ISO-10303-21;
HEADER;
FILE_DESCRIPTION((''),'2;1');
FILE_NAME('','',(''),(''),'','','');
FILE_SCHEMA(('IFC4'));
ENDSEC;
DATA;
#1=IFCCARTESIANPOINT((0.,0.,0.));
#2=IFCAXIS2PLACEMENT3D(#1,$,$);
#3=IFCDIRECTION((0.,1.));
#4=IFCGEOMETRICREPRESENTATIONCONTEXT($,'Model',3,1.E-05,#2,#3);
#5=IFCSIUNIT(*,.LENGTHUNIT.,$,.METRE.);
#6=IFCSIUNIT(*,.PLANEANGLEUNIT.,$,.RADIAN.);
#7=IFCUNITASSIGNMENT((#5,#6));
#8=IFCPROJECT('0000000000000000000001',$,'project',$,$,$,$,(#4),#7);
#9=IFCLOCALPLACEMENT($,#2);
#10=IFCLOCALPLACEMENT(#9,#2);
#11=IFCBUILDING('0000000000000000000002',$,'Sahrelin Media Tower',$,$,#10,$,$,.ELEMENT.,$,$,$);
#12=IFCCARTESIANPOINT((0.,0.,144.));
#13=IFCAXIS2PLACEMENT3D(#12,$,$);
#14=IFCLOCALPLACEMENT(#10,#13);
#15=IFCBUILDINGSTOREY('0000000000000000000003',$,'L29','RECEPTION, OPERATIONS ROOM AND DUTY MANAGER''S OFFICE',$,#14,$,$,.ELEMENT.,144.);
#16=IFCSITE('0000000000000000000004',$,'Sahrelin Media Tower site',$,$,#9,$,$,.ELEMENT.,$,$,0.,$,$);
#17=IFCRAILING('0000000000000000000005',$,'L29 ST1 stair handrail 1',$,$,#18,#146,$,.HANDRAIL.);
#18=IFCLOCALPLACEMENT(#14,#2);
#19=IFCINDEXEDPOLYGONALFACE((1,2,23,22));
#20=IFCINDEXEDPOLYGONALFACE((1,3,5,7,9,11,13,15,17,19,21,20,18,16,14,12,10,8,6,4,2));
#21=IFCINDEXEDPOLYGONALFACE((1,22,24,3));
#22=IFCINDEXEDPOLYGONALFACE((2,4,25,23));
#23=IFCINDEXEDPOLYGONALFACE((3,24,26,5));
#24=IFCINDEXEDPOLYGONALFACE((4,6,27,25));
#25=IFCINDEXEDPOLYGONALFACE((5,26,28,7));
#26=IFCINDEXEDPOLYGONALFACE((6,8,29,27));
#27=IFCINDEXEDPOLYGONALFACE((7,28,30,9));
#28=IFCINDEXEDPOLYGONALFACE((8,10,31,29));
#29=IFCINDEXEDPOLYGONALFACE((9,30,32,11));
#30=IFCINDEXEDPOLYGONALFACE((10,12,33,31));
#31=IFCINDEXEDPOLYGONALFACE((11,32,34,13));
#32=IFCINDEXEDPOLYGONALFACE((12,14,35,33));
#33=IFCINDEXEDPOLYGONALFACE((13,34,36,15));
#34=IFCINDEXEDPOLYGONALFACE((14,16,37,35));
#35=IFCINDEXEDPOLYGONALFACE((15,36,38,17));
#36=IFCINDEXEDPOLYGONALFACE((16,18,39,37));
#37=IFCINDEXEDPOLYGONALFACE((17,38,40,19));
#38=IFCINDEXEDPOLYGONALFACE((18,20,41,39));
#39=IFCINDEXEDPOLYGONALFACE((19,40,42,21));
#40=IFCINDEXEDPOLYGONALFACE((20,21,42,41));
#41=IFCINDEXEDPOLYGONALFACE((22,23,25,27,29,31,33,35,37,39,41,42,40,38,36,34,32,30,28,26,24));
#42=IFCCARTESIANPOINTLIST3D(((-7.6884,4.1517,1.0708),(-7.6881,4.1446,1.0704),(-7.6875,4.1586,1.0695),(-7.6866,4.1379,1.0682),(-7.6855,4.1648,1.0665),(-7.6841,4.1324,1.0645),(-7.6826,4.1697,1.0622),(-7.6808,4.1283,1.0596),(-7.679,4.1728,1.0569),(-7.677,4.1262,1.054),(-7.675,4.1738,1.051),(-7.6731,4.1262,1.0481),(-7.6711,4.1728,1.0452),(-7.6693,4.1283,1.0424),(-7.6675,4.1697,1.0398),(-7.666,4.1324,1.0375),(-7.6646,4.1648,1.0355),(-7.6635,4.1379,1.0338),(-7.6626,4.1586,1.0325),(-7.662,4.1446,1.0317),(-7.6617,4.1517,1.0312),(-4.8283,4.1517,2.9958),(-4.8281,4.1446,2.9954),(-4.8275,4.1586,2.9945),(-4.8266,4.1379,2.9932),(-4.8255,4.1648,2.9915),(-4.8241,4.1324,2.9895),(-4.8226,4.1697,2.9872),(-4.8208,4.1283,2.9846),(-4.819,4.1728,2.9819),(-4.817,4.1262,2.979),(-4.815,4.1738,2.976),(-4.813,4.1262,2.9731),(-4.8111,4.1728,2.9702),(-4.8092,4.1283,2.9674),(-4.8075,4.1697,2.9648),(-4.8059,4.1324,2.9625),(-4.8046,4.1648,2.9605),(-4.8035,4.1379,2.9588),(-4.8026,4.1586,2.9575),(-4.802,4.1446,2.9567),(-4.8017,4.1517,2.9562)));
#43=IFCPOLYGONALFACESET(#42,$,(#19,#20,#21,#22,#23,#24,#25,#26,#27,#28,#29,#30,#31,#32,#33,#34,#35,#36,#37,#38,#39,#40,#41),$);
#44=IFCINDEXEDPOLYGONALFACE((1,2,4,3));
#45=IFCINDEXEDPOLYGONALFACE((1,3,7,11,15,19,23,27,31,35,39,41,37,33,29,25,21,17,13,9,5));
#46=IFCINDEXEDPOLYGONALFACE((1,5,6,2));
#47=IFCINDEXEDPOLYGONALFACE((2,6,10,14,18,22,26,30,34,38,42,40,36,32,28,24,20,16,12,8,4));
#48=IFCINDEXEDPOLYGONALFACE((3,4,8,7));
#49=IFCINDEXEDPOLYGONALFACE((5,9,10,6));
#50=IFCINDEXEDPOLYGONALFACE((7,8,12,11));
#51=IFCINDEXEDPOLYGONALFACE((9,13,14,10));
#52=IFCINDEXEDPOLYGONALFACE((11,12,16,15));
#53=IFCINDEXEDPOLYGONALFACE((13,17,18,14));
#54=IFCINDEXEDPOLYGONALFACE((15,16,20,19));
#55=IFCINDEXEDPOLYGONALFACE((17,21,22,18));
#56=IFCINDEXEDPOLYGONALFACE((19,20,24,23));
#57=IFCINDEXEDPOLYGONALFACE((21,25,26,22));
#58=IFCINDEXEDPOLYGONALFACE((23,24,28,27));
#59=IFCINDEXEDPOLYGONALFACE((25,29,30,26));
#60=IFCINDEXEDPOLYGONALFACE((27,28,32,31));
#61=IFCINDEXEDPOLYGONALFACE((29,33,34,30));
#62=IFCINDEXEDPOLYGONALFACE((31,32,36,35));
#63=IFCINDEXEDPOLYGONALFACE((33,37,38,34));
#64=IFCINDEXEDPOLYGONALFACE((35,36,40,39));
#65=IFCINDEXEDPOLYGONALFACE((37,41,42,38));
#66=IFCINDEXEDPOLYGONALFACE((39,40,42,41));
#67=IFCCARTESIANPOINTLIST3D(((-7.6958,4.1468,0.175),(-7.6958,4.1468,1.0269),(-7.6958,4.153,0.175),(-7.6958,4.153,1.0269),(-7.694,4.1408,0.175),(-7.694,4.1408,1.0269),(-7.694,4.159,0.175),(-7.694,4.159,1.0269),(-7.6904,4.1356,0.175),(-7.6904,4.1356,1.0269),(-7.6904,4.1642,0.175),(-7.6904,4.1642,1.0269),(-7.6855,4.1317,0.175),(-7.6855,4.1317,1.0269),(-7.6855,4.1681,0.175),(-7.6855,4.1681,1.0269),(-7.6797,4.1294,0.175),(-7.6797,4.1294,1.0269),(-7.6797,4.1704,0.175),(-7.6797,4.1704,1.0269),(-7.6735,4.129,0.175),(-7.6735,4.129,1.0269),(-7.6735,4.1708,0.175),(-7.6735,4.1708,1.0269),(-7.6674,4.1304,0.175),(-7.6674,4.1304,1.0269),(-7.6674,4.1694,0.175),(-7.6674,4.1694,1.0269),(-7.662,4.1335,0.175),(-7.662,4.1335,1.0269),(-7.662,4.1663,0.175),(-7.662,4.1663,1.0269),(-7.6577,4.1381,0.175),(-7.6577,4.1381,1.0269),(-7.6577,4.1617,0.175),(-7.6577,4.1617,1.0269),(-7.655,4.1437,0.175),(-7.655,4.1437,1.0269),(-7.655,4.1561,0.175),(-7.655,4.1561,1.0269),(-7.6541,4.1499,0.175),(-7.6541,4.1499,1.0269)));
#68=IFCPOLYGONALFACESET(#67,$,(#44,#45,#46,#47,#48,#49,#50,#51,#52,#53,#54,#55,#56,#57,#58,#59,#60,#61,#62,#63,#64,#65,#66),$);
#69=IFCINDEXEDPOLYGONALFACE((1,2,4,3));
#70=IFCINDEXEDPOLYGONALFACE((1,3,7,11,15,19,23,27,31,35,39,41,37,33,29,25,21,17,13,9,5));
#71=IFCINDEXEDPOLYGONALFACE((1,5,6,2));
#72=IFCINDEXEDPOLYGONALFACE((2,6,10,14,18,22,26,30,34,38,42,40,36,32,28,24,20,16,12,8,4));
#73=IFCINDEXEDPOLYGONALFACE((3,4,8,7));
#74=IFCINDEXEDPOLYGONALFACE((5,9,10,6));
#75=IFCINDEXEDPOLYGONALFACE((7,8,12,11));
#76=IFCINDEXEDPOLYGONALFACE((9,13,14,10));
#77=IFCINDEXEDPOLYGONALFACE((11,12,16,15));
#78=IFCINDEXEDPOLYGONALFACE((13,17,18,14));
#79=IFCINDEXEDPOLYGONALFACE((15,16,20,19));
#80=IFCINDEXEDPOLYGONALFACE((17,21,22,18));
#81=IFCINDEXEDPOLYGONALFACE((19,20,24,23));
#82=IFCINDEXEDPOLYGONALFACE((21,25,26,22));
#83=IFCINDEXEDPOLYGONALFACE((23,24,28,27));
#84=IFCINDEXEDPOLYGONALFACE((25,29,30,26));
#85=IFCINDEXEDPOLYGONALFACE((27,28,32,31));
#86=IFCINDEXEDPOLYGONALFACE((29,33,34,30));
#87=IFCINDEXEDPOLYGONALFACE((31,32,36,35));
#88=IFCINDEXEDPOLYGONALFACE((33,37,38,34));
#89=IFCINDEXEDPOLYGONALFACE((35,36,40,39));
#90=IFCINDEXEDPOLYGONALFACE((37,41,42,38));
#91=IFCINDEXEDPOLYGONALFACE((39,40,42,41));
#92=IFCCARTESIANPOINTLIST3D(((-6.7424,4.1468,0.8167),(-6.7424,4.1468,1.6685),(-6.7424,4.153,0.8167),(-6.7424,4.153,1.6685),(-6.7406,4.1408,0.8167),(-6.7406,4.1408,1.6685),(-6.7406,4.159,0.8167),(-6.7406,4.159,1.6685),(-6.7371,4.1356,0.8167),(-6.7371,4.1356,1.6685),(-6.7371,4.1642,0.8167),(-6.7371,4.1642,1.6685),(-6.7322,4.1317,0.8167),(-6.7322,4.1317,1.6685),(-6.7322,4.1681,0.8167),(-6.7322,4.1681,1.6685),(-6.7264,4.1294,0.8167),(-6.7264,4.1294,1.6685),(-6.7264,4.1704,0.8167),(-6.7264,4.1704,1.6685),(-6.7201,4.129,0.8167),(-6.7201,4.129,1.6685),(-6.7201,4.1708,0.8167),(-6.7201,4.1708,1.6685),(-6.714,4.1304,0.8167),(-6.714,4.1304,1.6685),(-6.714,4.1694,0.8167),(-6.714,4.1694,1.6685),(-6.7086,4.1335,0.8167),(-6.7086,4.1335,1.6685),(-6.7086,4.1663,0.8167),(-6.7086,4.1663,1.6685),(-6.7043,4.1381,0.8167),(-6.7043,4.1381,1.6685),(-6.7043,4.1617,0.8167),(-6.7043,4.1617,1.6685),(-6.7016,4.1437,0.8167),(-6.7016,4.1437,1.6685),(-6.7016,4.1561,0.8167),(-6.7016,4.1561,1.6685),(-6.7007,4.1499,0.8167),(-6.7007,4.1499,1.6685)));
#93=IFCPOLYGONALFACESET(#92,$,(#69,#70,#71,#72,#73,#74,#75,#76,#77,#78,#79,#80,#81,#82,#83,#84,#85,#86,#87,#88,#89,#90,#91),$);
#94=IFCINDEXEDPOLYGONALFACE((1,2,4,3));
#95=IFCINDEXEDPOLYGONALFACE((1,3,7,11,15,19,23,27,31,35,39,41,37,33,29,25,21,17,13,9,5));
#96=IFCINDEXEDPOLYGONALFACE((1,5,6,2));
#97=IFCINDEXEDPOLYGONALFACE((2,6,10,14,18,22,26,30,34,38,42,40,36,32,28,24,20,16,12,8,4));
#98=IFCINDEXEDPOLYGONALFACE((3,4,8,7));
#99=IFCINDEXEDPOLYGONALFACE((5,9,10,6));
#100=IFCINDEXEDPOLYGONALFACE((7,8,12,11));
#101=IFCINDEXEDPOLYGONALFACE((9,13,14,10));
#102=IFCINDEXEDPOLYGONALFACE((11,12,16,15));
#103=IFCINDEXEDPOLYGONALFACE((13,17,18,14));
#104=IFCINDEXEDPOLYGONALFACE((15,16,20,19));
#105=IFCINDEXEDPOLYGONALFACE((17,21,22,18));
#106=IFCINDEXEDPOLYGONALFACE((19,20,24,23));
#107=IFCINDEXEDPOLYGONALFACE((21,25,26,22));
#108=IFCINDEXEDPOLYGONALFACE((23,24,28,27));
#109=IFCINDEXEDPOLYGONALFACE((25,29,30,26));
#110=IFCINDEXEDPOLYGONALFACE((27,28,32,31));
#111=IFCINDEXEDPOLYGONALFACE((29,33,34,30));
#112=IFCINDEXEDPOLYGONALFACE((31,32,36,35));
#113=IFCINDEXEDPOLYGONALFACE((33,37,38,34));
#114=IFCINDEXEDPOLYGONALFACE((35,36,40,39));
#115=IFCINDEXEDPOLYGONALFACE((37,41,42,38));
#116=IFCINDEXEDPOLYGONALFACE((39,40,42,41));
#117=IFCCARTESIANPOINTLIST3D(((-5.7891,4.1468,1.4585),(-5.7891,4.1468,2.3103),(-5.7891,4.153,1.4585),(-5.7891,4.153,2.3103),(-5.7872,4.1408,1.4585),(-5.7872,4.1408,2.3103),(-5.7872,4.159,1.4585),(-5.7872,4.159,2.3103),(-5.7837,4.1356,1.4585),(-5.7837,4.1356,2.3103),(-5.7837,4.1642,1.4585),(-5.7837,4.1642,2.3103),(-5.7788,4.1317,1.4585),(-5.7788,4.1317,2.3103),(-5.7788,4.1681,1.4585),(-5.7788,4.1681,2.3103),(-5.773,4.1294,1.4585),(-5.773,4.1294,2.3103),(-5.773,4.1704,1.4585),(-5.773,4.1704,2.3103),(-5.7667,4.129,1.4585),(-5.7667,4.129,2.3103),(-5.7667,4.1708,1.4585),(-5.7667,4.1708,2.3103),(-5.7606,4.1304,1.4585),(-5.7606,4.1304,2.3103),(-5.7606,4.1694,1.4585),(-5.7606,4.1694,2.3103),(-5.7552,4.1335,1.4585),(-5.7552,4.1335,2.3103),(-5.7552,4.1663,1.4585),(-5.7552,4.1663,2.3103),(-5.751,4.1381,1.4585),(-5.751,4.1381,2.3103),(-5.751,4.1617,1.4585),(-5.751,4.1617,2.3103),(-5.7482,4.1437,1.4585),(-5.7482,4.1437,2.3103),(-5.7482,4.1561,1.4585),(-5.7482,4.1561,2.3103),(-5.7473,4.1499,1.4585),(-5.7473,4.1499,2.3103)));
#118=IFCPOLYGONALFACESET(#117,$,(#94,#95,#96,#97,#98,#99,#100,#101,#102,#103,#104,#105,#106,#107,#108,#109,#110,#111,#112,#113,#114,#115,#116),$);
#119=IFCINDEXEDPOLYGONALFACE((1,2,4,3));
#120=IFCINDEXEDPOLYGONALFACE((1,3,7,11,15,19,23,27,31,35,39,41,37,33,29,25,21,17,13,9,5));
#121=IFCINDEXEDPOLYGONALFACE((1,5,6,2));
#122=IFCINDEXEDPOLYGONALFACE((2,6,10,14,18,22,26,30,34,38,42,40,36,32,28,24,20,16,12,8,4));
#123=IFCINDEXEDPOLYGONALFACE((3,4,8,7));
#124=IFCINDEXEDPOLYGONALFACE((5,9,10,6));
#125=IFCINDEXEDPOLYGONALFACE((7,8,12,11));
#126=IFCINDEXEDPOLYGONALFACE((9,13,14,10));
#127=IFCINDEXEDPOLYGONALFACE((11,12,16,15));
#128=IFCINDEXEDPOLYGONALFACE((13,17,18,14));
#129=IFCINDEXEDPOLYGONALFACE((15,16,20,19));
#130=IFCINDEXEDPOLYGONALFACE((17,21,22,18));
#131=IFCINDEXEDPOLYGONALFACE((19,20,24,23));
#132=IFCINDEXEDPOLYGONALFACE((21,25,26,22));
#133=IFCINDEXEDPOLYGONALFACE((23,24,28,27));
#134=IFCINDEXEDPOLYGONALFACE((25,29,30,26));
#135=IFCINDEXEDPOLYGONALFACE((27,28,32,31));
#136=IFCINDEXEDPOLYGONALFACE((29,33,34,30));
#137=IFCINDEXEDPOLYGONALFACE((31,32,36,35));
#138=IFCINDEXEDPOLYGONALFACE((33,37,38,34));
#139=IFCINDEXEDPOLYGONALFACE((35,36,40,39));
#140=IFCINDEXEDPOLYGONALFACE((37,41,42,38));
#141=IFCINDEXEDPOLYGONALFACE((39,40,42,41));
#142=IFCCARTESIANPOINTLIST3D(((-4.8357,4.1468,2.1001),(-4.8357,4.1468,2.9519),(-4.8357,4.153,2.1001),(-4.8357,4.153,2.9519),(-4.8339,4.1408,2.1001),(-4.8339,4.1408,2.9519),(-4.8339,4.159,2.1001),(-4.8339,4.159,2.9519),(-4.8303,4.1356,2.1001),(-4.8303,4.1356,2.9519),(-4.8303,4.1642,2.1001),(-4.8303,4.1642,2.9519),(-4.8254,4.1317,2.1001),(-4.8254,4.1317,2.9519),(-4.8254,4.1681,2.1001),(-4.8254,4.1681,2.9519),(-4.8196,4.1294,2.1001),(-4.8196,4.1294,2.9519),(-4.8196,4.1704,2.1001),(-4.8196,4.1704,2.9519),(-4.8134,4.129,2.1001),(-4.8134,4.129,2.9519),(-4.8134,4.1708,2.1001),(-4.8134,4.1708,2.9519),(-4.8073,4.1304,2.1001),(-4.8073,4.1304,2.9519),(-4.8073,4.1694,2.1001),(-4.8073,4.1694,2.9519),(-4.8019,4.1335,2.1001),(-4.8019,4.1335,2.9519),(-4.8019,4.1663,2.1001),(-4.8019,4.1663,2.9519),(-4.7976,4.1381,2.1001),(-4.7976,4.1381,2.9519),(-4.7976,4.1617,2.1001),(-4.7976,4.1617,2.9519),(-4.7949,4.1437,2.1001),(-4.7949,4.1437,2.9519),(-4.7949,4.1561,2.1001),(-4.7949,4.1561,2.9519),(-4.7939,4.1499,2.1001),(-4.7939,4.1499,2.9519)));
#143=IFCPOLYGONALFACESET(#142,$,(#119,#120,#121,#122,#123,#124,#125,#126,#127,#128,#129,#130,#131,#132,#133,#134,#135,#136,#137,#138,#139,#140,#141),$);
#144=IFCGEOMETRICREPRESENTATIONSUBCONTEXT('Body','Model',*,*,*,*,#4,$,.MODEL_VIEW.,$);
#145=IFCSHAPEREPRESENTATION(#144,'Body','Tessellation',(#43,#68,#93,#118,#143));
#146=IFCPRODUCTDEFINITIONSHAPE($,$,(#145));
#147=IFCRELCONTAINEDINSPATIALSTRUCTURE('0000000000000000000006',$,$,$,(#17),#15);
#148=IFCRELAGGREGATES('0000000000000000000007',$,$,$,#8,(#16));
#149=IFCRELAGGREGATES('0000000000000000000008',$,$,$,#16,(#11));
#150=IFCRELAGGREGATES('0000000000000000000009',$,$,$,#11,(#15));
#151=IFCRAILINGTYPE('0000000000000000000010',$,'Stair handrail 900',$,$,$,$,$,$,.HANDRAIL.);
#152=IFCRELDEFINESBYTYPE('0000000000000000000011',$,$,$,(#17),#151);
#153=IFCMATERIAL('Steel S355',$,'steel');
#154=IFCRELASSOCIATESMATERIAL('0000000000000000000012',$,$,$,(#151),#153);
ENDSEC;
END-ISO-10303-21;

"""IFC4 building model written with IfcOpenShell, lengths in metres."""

from ifc_helpers import new_model, si_unit, direction, frame, origin, origin_2d, place, context, subcontext, project, spatial, circle, extrude, material, type_object, element, save


model = new_model("IFC4")

# Units and contexts
model_context = context("Model", 3, precision=1e-05, world=origin(), true_north=direction((0.0, 1.0)))
body_context = subcontext(model_context, "Body", "Model", "MODEL_VIEW")
ifc_project = project(units=[si_unit("LENGTHUNIT", "METRE"), si_unit("PLANEANGLEUNIT", "RADIAN")], contexts=[model_context])

# Site, building, storey
site_placement = place(None, origin())
site = spatial("IfcSite", under=ifc_project, at=site_placement, Name="Sahrelin Media Tower site", CompositionType="ELEMENT", RefElevation=0.0)
building_placement = place(site_placement, origin())
building = spatial("IfcBuilding", under=site, at=building_placement, Name="Sahrelin Media Tower", CompositionType="ELEMENT")
storey_placement = place(building_placement, frame((0.0, 0.0, 144.0)))
storey = spatial("IfcBuildingStorey", under=building, at=storey_placement, Name="L29", Description="RECEPTION, OPERATIONS ROOM AND DUTY MANAGER'S OFFICE", CompositionType="ELEMENT", Elevation=144.0)

# Shared definitions
ifc_material_1 = material(Name="Steel S355", Category="steel")

# Railing
railing_type_1 = type_object("IfcRailingType", Name="Stair handrail 900", PredefinedType="HANDRAIL", material=ifc_material_1)
railing_1_placement = place(storey_placement, frame((-7.675, 4.1499, 0.175)))
element("IfcRailing", 1, at=railing_1_placement, inside=storey, type_object=railing_type_1, Name="L29 ST1 stair handrail 1", PredefinedType="HANDRAIL", context=body_context, shape_type="SweptSolid", body=[
    extrude(circle(Radius=0.0239, at=origin_2d()), frame((0.0, 0.0, 0.876), z_axis=(0.829591, 0.0, 0.558372), x_axis=(0.0, 1.0, 0.0)), (0.0, 0.0, 1.0), 3.4475),
    extrude(circle(Radius=0.021, at=origin_2d()), origin(), (0.0, 0.0, 1.0), 0.8518),
    extrude(circle(Radius=0.021, at=origin_2d()), frame((0.9534, 0.0, 0.6416)), (0.0, 0.0, 1.0), 0.8518),
    extrude(circle(Radius=0.021, at=origin_2d()), frame((1.9067, 0.0, 1.2834)), (0.0, 0.0, 1.0), 0.8518),
    extrude(circle(Radius=0.021, at=origin_2d()), frame((2.8601, 0.0, 1.925)), (0.0, 0.0, 1.0), 0.8518),
])

save(model, "model.ifc")
